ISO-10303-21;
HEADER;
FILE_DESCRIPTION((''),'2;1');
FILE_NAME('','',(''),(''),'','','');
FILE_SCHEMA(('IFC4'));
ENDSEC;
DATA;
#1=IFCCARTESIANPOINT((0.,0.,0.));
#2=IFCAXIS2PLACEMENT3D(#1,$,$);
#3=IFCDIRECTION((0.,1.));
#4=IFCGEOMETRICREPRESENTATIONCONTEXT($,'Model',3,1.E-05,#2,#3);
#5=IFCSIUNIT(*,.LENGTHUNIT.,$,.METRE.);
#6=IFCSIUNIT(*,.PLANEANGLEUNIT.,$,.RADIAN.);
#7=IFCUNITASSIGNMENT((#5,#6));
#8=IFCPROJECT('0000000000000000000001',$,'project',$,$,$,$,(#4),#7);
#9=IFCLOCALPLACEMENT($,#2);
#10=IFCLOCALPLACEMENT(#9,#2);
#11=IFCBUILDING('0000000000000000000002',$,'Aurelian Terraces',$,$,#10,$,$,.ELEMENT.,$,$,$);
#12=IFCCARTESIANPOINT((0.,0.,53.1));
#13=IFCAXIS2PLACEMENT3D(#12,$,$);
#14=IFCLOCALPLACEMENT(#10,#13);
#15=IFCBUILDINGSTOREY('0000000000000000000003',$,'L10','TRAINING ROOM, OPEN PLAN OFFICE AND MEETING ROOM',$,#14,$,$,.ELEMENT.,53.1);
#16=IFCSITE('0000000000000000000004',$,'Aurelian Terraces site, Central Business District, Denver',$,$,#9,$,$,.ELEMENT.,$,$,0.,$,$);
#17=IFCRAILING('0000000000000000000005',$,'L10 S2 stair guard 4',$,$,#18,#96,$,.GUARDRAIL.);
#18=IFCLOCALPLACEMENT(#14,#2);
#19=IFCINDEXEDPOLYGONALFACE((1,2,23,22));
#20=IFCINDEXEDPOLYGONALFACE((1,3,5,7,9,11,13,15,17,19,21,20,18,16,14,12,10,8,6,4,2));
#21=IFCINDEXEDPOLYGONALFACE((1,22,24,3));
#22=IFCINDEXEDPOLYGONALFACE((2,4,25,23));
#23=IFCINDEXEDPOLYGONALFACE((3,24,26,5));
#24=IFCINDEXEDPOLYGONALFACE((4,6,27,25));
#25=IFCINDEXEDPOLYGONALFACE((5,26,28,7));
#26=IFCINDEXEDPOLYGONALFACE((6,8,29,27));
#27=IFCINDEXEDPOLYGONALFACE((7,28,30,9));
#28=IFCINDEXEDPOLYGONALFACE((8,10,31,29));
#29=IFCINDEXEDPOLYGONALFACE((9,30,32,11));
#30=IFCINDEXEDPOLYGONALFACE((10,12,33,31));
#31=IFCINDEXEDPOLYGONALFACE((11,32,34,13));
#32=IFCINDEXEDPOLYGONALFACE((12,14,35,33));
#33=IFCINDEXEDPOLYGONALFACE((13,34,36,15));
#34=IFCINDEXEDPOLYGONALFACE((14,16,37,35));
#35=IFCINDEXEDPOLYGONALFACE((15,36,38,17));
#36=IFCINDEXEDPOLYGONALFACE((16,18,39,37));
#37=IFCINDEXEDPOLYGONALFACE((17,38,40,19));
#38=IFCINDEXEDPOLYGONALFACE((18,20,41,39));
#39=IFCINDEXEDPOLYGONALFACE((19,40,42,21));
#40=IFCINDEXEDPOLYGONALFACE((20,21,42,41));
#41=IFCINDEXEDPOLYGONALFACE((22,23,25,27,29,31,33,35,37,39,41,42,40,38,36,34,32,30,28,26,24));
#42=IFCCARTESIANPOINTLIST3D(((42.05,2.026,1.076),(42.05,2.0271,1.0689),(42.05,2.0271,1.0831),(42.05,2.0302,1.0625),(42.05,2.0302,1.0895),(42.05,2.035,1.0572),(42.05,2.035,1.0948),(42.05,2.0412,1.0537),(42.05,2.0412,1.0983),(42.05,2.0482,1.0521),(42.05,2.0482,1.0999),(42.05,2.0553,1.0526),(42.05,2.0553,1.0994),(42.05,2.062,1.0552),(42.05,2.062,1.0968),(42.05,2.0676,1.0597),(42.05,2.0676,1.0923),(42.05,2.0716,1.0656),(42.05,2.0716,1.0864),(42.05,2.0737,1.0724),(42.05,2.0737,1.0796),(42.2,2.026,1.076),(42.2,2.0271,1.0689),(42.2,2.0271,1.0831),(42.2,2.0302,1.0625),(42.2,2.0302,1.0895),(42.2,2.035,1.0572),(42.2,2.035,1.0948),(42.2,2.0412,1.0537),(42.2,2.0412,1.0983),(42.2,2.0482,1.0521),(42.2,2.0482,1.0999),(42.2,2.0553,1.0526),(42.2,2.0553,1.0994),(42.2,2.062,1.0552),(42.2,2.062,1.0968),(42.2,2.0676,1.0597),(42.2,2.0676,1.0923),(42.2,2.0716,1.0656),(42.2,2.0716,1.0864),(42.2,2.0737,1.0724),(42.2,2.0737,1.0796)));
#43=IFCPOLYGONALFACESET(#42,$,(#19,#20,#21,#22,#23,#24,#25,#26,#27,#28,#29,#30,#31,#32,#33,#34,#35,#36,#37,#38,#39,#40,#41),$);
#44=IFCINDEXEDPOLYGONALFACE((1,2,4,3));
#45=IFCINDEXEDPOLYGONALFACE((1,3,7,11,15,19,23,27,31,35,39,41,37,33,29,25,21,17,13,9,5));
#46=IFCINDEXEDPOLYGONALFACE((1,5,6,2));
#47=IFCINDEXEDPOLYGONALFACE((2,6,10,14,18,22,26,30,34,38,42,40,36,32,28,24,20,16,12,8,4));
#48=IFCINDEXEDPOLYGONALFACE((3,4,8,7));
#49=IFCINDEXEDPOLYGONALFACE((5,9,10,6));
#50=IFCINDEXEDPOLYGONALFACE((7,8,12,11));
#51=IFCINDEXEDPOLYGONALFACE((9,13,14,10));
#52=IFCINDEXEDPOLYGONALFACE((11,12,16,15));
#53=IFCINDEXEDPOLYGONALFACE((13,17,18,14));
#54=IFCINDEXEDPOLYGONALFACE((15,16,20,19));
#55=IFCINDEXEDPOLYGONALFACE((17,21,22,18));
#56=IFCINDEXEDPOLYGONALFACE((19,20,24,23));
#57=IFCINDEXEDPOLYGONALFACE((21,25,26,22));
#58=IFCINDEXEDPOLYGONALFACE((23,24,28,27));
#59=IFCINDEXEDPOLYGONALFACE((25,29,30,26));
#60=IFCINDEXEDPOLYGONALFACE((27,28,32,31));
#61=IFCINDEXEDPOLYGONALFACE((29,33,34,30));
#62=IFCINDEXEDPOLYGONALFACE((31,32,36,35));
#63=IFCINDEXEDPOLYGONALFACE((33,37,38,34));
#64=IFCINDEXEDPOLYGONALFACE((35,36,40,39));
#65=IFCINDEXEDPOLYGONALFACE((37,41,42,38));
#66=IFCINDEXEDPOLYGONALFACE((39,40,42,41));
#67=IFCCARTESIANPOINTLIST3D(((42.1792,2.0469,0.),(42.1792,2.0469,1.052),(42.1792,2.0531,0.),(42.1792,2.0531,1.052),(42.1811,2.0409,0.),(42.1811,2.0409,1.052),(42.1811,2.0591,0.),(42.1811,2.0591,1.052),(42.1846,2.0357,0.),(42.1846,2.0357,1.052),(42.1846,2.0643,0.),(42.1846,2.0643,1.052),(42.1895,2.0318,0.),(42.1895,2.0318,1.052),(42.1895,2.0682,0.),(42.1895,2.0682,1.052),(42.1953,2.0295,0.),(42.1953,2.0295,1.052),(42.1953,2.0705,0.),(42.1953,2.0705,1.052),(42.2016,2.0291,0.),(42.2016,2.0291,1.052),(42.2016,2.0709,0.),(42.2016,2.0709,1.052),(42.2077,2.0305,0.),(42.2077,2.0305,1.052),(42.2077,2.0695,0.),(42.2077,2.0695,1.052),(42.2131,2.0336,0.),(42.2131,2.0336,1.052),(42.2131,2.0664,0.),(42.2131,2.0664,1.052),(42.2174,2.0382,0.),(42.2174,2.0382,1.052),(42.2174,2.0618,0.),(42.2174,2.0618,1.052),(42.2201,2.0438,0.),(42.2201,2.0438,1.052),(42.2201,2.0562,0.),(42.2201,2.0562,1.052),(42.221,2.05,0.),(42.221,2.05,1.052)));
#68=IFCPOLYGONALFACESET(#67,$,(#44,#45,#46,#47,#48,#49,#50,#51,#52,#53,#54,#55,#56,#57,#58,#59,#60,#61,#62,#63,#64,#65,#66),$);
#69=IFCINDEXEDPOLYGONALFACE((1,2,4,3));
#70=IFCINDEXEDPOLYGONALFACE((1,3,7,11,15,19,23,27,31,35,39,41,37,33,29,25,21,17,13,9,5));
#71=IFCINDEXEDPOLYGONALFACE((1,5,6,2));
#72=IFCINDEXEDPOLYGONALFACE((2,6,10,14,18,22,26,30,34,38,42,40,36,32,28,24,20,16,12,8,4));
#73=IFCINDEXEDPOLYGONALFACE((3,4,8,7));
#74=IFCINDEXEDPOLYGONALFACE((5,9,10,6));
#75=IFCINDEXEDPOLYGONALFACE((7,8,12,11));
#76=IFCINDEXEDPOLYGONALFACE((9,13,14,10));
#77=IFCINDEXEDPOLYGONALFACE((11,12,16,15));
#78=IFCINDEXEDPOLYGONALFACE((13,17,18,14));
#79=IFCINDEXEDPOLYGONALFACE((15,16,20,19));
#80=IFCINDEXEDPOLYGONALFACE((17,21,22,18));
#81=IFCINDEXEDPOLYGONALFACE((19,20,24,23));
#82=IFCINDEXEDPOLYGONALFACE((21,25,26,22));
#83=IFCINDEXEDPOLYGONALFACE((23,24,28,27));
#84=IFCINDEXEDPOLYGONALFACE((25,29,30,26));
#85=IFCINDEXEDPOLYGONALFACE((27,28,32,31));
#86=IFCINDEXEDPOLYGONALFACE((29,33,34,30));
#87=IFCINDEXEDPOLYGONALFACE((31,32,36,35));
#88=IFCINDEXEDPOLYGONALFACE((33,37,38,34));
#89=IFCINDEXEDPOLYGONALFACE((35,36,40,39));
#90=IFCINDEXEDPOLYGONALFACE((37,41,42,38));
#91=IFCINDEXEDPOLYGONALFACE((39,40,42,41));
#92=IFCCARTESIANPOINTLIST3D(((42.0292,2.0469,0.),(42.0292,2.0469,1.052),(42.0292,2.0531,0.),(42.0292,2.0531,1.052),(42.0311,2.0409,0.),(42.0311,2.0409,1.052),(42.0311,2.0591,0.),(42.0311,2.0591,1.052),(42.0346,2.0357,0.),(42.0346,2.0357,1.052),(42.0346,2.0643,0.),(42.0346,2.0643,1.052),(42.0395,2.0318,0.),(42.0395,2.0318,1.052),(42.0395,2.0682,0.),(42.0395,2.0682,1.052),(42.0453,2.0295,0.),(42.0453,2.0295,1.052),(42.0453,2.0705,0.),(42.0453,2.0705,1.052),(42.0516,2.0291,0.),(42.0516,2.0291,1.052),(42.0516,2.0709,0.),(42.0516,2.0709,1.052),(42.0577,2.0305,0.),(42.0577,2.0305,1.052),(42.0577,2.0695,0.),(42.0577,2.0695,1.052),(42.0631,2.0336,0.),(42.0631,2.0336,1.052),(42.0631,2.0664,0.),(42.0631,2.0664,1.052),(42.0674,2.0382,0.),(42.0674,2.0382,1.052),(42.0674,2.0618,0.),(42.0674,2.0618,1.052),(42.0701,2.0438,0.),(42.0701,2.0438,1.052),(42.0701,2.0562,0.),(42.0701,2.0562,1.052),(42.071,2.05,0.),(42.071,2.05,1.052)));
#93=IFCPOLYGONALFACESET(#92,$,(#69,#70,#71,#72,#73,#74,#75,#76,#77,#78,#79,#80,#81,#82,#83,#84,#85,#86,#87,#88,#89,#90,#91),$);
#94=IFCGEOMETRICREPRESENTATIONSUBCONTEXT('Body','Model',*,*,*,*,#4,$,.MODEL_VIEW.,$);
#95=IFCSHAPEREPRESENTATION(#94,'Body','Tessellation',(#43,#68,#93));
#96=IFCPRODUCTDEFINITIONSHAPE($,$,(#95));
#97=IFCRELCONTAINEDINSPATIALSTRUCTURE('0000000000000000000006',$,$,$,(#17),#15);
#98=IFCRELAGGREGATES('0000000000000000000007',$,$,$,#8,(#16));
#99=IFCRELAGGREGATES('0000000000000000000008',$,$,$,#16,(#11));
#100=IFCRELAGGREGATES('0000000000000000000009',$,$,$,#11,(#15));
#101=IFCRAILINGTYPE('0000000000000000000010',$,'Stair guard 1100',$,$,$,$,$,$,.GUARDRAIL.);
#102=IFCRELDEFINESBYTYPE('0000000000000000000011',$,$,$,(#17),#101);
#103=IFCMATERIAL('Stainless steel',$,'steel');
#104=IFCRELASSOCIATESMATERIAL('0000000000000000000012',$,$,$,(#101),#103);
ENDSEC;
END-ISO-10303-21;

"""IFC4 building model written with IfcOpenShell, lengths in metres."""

from ifc_helpers import new_model, si_unit, direction, frame, origin, origin_2d, place, context, subcontext, project, spatial, circle, extrude, source, transform, mapped, material, type_object, element, save


model = new_model("IFC4")

# Units and contexts
model_context = context("Model", 3, precision=1e-05, world=origin(), true_north=direction((0.0, 1.0)))
body_context = subcontext(model_context, "Body", "Model", "MODEL_VIEW")
ifc_project = project(units=[si_unit("LENGTHUNIT", "METRE"), si_unit("PLANEANGLEUNIT", "RADIAN")], contexts=[model_context])

# Site, building, storey
site_placement = place(None, origin())
site = spatial("IfcSite", under=ifc_project, at=site_placement, Name="Aurelian Terraces site, Central Business District, Denver", CompositionType="ELEMENT", RefElevation=0.0)
building_placement = place(site_placement, origin())
building = spatial("IfcBuilding", under=site, at=building_placement, Name="Aurelian Terraces", CompositionType="ELEMENT")
storey_placement = place(building_placement, frame((0.0, 0.0, 53.1)))
storey = spatial("IfcBuildingStorey", under=building, at=storey_placement, Name="L10", Description="TRAINING ROOM, OPEN PLAN OFFICE AND MEETING ROOM", CompositionType="ELEMENT", Elevation=53.1)

# Railing
ifc_material_1 = material(Name="Stainless steel", Category="steel")
railing_type_1 = type_object("IfcRailingType", Name="Stair guard 1100", PredefinedType="GUARDRAIL", material=ifc_material_1)
shared_shape_1 = source(origin(), body_context, "Body", "SweptSolid", [
    extrude(circle(Radius=0.024, at=origin_2d()), frame((0.0, 0.0, 1.076), z_axis=(-1.0, 0.0, 0.0), x_axis=(0.0, -1.0, 0.0)), (0.0, 0.0, 1.0), 0.15),
    extrude(circle(Radius=0.021, at=origin_2d()), origin(), (0.0, 0.0, 1.0), 1.052),
    extrude(circle(Radius=0.021, at=origin_2d()), frame((-0.15, 0.0, 0.0)), (0.0, 0.0, 1.0), 1.052),
])
for number, where, name in (
    (1, (42.2, 2.05, 0.0), "L10 S2 stair guard 4"),
):
    element("IfcRailing", number, at=place(storey_placement, frame(where)), inside=storey, type_object=railing_type_1, Name=name, PredefinedType="GUARDRAIL", context=body_context, shape_type="MappedRepresentation", body=[
        mapped(shared_shape_1, transform((0.0, 0.0, 0.0), scale=1.0)),
    ])

save(model, "model.ifc")
